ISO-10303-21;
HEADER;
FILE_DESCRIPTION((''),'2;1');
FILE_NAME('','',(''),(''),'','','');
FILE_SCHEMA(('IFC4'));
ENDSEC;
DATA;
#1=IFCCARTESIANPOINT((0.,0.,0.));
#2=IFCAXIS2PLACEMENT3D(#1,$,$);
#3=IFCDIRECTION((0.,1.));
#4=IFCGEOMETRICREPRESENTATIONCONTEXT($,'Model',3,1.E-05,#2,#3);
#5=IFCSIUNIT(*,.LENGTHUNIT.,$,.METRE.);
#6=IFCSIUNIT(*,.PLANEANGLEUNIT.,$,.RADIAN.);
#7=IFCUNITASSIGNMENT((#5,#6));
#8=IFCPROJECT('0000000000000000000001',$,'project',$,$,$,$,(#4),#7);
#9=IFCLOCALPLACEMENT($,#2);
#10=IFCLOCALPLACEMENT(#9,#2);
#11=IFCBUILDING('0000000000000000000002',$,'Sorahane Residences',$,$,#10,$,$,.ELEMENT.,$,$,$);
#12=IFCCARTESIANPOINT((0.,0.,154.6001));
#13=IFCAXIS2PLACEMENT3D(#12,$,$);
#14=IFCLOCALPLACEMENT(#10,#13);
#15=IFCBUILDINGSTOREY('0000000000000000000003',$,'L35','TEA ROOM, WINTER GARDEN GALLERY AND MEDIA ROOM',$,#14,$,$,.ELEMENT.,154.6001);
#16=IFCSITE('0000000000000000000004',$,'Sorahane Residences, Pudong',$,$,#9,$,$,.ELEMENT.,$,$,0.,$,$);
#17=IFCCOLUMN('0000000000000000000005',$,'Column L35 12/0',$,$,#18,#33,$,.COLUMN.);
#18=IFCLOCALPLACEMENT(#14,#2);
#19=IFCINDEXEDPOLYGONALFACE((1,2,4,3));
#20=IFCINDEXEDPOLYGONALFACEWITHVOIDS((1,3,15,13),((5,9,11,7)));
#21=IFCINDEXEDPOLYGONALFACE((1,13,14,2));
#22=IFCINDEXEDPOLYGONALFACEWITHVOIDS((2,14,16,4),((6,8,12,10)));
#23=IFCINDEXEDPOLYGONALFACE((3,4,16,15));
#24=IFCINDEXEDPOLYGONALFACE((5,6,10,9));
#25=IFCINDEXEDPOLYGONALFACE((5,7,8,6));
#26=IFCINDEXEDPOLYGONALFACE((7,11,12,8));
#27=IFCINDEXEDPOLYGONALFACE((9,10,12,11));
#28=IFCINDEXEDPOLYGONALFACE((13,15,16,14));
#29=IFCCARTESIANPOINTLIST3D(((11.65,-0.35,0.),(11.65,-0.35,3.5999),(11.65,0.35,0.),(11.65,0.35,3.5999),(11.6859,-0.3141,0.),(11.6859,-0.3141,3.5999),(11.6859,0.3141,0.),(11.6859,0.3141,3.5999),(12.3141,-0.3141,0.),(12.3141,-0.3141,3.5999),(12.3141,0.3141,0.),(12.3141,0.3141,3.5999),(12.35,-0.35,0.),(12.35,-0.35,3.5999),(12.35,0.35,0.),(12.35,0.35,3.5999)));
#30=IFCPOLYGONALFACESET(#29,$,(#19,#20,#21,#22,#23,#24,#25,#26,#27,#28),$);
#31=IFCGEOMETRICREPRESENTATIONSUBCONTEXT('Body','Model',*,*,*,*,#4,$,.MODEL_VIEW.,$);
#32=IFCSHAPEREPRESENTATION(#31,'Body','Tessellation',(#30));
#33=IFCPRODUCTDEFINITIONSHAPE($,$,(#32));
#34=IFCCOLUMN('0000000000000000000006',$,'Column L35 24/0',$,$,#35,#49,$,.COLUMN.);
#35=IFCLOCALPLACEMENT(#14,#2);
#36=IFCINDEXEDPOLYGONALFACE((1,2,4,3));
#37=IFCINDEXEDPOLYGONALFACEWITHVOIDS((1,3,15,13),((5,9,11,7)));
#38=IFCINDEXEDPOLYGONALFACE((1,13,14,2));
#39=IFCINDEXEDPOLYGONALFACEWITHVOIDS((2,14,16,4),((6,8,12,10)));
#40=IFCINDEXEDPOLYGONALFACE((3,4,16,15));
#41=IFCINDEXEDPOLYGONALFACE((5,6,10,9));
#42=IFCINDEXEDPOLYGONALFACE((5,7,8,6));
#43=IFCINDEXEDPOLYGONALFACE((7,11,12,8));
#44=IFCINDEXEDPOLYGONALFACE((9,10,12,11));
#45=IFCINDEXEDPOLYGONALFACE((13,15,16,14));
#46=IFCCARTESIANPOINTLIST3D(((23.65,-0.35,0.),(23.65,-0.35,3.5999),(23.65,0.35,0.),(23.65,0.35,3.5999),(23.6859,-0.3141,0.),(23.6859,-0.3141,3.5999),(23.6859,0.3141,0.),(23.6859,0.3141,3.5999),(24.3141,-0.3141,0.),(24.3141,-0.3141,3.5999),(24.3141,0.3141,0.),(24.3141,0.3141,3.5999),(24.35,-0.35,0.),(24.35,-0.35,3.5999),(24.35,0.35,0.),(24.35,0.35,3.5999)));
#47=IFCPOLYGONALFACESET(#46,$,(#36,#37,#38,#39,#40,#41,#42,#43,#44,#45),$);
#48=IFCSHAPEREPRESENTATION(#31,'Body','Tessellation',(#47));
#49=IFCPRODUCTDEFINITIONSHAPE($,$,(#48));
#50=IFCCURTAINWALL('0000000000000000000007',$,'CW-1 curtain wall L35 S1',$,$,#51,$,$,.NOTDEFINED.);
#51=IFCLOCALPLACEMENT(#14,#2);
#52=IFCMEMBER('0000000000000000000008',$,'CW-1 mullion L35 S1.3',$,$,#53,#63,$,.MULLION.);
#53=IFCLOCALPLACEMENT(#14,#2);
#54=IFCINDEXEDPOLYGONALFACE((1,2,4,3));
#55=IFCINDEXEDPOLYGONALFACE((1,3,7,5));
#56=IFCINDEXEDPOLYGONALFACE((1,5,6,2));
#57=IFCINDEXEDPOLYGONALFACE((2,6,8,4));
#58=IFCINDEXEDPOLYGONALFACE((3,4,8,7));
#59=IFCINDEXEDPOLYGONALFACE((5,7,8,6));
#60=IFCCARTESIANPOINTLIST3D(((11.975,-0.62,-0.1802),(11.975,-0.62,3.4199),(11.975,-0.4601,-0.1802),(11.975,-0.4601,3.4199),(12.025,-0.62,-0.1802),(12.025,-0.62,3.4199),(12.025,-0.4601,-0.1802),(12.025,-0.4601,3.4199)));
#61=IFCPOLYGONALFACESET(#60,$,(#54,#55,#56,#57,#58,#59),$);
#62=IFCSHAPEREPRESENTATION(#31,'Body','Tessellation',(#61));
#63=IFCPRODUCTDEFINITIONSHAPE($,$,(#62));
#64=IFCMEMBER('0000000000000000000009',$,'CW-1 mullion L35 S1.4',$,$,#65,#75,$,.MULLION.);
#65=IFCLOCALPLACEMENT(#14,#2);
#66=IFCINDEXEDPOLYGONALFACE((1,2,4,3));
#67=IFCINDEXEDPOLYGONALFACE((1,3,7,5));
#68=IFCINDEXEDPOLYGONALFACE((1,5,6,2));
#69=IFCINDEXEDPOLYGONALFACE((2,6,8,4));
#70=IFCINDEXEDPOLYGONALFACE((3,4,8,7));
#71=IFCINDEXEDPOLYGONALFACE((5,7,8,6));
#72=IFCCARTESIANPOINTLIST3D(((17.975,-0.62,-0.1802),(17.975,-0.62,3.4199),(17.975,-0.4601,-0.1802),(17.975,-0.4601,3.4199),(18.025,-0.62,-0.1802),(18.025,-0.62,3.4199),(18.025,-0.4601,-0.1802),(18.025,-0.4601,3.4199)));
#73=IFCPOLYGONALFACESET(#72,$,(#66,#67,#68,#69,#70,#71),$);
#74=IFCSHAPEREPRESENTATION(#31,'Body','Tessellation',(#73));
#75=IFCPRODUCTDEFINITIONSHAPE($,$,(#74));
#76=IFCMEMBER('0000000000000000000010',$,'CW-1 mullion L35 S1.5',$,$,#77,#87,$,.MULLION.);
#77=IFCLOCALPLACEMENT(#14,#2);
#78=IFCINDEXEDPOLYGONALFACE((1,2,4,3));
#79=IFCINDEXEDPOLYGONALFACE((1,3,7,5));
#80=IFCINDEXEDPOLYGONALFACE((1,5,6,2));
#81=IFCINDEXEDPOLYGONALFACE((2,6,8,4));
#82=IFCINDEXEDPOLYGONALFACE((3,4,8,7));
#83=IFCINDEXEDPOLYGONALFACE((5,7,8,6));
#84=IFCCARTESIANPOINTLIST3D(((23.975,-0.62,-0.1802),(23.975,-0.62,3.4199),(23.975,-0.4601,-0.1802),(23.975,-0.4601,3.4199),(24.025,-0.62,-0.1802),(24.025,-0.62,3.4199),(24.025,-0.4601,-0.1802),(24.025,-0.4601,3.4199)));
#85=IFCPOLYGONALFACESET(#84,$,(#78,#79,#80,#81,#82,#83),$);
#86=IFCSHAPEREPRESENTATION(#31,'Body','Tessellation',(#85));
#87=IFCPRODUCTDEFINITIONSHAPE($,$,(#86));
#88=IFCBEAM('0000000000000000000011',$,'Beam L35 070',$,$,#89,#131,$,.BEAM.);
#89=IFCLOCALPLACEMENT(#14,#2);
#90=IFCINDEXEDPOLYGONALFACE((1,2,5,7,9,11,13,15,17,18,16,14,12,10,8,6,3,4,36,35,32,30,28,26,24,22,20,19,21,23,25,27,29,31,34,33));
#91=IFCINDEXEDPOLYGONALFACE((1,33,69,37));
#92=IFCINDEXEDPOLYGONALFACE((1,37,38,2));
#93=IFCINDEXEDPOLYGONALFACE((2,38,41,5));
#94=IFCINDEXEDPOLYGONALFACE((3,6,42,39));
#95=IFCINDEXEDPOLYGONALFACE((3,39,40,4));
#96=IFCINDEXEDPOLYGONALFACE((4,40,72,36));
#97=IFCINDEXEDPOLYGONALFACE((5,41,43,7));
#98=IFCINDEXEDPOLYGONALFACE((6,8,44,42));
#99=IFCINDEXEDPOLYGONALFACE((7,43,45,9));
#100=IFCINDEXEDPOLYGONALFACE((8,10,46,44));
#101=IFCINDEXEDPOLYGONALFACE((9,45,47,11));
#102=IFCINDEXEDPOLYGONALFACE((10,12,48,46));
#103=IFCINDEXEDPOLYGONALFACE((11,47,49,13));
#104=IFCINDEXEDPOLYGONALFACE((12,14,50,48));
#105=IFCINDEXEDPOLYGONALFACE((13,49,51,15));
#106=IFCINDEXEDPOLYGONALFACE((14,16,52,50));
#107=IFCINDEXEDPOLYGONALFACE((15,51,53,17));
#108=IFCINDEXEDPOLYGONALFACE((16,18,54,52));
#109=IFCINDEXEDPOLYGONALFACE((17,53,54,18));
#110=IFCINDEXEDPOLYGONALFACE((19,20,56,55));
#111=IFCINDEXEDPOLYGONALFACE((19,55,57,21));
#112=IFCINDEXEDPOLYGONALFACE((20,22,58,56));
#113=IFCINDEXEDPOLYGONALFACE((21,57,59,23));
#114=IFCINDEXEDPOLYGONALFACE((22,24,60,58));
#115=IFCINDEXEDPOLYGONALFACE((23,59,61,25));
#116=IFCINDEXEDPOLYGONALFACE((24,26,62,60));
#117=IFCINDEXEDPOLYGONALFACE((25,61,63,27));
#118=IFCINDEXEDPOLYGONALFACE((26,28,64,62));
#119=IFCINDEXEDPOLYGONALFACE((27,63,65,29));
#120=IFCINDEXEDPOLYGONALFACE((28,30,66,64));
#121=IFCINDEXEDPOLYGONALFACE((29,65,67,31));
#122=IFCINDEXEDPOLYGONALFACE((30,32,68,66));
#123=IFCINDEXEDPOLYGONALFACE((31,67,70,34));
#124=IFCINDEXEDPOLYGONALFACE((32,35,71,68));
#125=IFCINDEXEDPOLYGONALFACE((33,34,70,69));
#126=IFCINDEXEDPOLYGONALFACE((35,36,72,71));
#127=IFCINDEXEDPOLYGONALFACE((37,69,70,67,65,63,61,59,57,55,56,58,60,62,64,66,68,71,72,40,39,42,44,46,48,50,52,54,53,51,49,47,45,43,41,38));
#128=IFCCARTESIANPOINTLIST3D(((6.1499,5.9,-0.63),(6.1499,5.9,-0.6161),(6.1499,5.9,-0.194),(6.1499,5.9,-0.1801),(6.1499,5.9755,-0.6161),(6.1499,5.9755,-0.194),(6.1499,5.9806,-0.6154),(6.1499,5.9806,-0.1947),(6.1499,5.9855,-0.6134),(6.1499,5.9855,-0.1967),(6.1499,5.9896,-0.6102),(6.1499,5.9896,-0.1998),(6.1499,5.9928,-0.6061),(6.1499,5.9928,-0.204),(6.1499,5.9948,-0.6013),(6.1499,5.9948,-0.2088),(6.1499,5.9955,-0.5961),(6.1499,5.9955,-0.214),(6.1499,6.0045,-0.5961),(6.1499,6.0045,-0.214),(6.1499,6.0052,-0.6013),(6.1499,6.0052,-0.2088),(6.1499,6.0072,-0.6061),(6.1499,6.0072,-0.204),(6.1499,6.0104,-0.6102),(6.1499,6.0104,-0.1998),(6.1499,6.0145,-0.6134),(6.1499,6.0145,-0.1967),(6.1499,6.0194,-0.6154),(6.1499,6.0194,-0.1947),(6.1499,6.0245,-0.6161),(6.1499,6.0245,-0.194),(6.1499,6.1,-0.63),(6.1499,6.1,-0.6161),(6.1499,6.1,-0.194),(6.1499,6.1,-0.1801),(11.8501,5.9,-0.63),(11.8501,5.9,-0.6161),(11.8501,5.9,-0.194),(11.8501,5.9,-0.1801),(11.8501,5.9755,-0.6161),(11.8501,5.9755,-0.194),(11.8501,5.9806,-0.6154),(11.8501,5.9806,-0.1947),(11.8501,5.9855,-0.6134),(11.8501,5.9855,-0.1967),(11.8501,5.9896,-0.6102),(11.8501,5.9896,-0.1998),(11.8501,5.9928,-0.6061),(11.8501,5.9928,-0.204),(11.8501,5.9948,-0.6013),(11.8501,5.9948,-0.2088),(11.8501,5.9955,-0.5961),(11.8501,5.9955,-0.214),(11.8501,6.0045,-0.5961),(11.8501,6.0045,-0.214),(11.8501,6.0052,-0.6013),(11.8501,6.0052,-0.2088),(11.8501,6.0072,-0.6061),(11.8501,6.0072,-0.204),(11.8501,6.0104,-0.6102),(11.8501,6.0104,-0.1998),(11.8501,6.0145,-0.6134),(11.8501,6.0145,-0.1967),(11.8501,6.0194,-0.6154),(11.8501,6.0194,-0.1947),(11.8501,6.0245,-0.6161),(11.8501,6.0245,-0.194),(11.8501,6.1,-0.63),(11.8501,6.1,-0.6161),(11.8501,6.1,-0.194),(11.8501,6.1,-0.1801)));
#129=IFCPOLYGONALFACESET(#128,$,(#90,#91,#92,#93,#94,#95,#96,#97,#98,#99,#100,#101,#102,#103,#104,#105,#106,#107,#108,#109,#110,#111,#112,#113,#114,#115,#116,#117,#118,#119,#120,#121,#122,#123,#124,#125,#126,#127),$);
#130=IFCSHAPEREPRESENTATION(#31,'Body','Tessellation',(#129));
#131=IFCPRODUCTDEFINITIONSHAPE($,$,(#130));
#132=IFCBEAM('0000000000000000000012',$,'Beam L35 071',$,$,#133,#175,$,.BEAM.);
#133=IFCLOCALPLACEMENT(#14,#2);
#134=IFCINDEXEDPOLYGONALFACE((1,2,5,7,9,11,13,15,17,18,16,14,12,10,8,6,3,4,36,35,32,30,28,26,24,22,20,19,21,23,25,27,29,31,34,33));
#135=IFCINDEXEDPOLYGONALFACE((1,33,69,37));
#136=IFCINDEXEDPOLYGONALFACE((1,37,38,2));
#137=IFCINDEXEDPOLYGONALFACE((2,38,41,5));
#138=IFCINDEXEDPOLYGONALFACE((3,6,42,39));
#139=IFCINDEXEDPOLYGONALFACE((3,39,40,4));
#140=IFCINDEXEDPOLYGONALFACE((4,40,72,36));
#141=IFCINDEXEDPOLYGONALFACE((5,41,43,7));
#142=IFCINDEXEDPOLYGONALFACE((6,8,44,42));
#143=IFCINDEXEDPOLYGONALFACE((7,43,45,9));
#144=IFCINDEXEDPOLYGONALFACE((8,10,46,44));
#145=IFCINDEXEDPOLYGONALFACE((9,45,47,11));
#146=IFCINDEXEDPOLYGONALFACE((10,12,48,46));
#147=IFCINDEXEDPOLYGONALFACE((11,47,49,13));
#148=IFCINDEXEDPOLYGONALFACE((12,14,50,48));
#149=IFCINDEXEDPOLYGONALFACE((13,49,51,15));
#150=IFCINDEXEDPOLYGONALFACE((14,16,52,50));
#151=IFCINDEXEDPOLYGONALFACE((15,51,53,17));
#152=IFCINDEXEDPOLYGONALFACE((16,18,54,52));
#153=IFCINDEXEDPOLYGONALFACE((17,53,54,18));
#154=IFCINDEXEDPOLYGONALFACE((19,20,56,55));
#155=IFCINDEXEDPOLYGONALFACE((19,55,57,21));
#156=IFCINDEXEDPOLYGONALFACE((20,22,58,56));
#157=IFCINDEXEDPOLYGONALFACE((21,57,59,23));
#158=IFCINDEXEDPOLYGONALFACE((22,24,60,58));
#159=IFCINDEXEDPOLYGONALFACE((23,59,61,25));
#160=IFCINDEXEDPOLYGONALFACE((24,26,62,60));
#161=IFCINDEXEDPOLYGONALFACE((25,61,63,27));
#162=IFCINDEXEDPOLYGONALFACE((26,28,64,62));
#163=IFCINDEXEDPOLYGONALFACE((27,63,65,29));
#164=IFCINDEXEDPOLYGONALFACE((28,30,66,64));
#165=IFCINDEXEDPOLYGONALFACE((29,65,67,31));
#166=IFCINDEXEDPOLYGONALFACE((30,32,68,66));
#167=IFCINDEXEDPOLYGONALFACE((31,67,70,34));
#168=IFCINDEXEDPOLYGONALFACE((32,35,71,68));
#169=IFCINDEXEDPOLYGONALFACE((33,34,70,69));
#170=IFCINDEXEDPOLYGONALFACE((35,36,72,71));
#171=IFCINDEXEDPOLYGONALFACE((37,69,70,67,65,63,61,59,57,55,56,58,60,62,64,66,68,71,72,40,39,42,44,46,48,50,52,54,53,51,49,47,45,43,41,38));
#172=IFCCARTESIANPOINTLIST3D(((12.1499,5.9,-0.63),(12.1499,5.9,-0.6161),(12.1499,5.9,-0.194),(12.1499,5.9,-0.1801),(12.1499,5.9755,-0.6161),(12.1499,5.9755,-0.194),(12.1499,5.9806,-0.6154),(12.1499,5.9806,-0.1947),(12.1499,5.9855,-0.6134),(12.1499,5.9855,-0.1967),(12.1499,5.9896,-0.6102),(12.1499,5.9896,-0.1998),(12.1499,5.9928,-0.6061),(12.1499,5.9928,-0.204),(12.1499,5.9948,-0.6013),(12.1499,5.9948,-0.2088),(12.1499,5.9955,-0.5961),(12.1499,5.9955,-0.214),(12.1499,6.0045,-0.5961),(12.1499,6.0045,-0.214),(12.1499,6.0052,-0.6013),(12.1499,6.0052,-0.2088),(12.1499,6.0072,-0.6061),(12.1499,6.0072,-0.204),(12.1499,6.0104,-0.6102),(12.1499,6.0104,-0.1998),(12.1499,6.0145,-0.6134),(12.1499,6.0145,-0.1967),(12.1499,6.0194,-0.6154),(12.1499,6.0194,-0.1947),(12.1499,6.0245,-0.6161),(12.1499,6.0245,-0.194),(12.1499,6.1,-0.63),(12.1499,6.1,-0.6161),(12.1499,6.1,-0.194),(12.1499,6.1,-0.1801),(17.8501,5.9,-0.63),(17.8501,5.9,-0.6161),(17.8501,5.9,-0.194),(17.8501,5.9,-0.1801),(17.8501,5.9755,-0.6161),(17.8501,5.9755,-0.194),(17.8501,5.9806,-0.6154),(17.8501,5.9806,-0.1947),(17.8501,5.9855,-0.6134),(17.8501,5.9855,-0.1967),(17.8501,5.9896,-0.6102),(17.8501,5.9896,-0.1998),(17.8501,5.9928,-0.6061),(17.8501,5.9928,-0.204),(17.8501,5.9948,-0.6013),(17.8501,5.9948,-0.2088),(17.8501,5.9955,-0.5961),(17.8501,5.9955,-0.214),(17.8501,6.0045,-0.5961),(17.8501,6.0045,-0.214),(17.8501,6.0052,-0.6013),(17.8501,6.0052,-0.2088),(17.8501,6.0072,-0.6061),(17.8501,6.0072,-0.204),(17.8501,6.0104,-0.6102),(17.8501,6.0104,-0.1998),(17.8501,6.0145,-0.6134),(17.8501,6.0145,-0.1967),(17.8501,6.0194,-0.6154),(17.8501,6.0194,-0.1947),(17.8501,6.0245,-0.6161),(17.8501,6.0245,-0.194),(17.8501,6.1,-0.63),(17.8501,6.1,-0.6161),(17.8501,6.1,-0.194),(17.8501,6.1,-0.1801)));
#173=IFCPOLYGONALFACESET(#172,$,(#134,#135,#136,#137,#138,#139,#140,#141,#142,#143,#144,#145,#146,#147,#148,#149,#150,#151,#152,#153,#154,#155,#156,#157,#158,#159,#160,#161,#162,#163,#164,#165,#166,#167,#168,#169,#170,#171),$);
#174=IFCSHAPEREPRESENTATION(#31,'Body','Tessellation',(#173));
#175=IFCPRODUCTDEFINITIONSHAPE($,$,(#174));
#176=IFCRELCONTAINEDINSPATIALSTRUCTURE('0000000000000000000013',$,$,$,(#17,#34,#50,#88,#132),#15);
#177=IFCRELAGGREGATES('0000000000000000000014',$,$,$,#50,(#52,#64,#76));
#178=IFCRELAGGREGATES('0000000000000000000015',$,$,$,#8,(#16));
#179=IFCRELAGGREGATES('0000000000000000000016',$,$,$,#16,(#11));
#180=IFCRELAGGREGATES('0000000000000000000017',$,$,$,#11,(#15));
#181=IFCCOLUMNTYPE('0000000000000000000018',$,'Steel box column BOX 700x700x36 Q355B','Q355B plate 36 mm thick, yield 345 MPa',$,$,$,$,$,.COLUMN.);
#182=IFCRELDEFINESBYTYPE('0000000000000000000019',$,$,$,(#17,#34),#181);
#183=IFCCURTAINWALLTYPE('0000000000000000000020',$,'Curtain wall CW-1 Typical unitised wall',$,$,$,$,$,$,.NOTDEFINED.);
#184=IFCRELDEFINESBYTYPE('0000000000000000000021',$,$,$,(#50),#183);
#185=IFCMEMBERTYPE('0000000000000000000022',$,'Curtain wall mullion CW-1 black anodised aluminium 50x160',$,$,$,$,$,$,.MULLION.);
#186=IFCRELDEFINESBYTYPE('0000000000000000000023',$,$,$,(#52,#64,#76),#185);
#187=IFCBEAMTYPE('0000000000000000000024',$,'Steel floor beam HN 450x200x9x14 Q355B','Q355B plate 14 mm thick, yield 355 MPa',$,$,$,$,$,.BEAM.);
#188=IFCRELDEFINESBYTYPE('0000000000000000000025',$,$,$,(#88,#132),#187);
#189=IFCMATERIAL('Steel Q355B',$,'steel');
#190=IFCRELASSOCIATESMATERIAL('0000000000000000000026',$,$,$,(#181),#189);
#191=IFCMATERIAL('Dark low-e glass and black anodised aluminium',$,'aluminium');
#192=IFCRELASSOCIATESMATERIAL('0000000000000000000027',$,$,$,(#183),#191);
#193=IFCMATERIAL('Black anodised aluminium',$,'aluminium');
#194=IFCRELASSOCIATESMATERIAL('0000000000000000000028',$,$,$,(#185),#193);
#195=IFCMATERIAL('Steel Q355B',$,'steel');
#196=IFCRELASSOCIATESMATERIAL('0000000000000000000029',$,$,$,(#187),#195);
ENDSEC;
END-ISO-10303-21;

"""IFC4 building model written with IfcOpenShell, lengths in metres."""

from ifc_helpers import new_model, si_unit, direction, frame, origin, origin_2d, place, context, subcontext, project, spatial, rectangle, hollow_rectangle, i_section, extrude, material, material_profile, profile_set, type_object, element, aggregate, save


model = new_model("IFC4")

# Units and contexts
model_context = context("Model", 3, precision=1e-05, world=origin(), true_north=direction((0.0, 1.0)))
body_context = subcontext(model_context, "Body", "Model", "MODEL_VIEW")
ifc_project = project(units=[si_unit("LENGTHUNIT", "METRE"), si_unit("PLANEANGLEUNIT", "RADIAN")], contexts=[model_context])

# Site, building, storey
site_placement = place(None, origin())
site = spatial("IfcSite", under=ifc_project, at=site_placement, Name="Sorahane Residences, Pudong", CompositionType="ELEMENT", RefElevation=0.0)
building_placement = place(site_placement, origin())
building = spatial("IfcBuilding", under=site, at=building_placement, Name="Sorahane Residences", CompositionType="ELEMENT")
storey_placement = place(building_placement, frame((0.0, 0.0, 154.6001)))
storey = spatial("IfcBuildingStorey", under=building, at=storey_placement, Name="L35", Description="TEA ROOM, WINTER GARDEN GALLERY AND MEDIA ROOM", CompositionType="ELEMENT", Elevation=154.6001)

# Columns
ifc_material_1 = material(Name="Steel Q355B", Category="steel")
ifc_material_profile_1 = material_profile(ifc_material_1, hollow_rectangle(XDim=0.7, YDim=0.7, WallThickness=0.0359, at=origin_2d()), Name="BOX 700x700x36")
ifc_profile_set_1 = profile_set([ifc_material_profile_1], Name="Steel Q355B")
column_type = type_object("IfcColumnType", Name="Steel box column BOX 700x700x36 Q355B", Description="Q355B plate 36 mm thick, yield 345 MPa", PredefinedType="COLUMN", material=ifc_profile_set_1)
for number, where, z_axis, x_axis, name in (
    (1, (12.0, 0.0, 0.0), (0.0, 0.0, 1.0), (1.0, 0.0, 0.0), "Column L35 12/0"),
    (2, (24.0, 0.0, 0.0), (0.0, 0.0, 1.0), (1.0, 0.0, 0.0), "Column L35 24/0"),
):
    element("IfcColumn", number, at=place(storey_placement, frame(where, z_axis=z_axis, x_axis=x_axis)), inside=storey, type_object=column_type, Name=name, PredefinedType="COLUMN", context=body_context, shape_type="SweptSolid", body=[
        extrude(hollow_rectangle(XDim=0.7, YDim=0.7, WallThickness=0.0359, at=origin_2d()), origin(), (0.0, 0.0, 1.0), 3.5999),
    ])

# Curtain wall, members
ifc_material_2 = material(Name="Dark low-e glass and black anodised aluminium", Category="aluminium")
curtain_wall_type = type_object("IfcCurtainWallType", Name="Curtain wall CW-1 Typical unitised wall", PredefinedType="NOTDEFINED", material=ifc_material_2)
curtain_wall_placement = place(storey_placement, origin())
curtain_wall = element("IfcCurtainWall", 3, at=curtain_wall_placement, inside=storey, type_object=curtain_wall_type, Name="CW-1 curtain wall L35 S1", PredefinedType="NOTDEFINED")
ifc_material_3 = material(Name="Black anodised aluminium", Category="aluminium")
ifc_material_profile_2 = material_profile(ifc_material_3, rectangle(XDim=0.1599, YDim=0.05, at=origin_2d()), Name="Curtain wall mullion CW-1 black anodised aluminium 50x160")
ifc_profile_set_2 = profile_set([ifc_material_profile_2], Name="Black anodised aluminium")
member_type = type_object("IfcMemberType", Name="Curtain wall mullion CW-1 black anodised aluminium 50x160", PredefinedType="MULLION", material=ifc_profile_set_2)
member_1_placement = place(storey_placement, frame((12.0, -0.54, -0.1802), z_axis=(0.0, 0.0, 1.0), x_axis=(0.0, -1.0, 0.0)))
member_1 = element("IfcMember", 4, at=member_1_placement, type_object=member_type, Name="CW-1 mullion L35 S1.3", PredefinedType="MULLION", context=body_context, shape_type="SweptSolid", body=[
    extrude(rectangle(XDim=0.1599, YDim=0.05, at=origin_2d()), origin(), (0.0, 0.0, 1.0), 3.6001),
])
member_2_placement = place(storey_placement, frame((18.0, -0.54, -0.1802), z_axis=(0.0, 0.0, 1.0), x_axis=(0.0, -1.0, 0.0)))
member_2 = element("IfcMember", 5, at=member_2_placement, type_object=member_type, Name="CW-1 mullion L35 S1.4", PredefinedType="MULLION", context=body_context, shape_type="SweptSolid", body=[
    extrude(rectangle(XDim=0.1599, YDim=0.05, at=origin_2d()), origin(), (0.0, 0.0, 1.0), 3.6001),
])
member_3_placement = place(storey_placement, frame((24.0, -0.54, -0.1802), z_axis=(0.0, 0.0, 1.0), x_axis=(0.0, -1.0, 0.0)))
member_3 = element("IfcMember", 6, at=member_3_placement, type_object=member_type, Name="CW-1 mullion L35 S1.5", PredefinedType="MULLION", context=body_context, shape_type="SweptSolid", body=[
    extrude(rectangle(XDim=0.1599, YDim=0.05, at=origin_2d()), origin(), (0.0, 0.0, 1.0), 3.6001),
])

# Beams
ifc_material_4 = material(Name="Steel Q355B", Category="steel")
ifc_material_profile_3 = material_profile(ifc_material_4, i_section(OverallWidth=0.2, OverallDepth=0.45, WebThickness=0.009, FlangeThickness=0.0139, FilletRadius=0.02, at=origin_2d()), Name="HN 450x200x9x14")
ifc_profile_set_3 = profile_set([ifc_material_profile_3], Name="Steel Q355B")
beam_type_1 = type_object("IfcBeamType", Name="Steel floor beam HN 450x200x9x14 Q355B", Description="Q355B plate 14 mm thick, yield 355 MPa", PredefinedType="BEAM", material=ifc_profile_set_3)
for number, where, z_axis, x_axis, name in (
    (7, (6.1499, 6.0, -0.405), (1.0, 0.0, 0.0), (0.0, 1.0, 0.0), "Beam L35 070"),
    (8, (12.1499, 6.0, -0.405), (1.0, 0.0, 0.0), (0.0, 1.0, 0.0), "Beam L35 071"),
):
    element("IfcBeam", number, at=place(storey_placement, frame(where, z_axis=z_axis, x_axis=x_axis)), inside=storey, type_object=beam_type_1, Name=name, PredefinedType="BEAM", context=body_context, shape_type="SweptSolid", body=[
        extrude(i_section(OverallWidth=0.2, OverallDepth=0.45, WebThickness=0.009, FlangeThickness=0.0139, FilletRadius=0.02, at=origin_2d()), origin(), (0.0, 0.0, 1.0), 5.7002),
    ])

aggregate(curtain_wall, [member_1, member_2, member_3])

save(model, "model.ifc")
